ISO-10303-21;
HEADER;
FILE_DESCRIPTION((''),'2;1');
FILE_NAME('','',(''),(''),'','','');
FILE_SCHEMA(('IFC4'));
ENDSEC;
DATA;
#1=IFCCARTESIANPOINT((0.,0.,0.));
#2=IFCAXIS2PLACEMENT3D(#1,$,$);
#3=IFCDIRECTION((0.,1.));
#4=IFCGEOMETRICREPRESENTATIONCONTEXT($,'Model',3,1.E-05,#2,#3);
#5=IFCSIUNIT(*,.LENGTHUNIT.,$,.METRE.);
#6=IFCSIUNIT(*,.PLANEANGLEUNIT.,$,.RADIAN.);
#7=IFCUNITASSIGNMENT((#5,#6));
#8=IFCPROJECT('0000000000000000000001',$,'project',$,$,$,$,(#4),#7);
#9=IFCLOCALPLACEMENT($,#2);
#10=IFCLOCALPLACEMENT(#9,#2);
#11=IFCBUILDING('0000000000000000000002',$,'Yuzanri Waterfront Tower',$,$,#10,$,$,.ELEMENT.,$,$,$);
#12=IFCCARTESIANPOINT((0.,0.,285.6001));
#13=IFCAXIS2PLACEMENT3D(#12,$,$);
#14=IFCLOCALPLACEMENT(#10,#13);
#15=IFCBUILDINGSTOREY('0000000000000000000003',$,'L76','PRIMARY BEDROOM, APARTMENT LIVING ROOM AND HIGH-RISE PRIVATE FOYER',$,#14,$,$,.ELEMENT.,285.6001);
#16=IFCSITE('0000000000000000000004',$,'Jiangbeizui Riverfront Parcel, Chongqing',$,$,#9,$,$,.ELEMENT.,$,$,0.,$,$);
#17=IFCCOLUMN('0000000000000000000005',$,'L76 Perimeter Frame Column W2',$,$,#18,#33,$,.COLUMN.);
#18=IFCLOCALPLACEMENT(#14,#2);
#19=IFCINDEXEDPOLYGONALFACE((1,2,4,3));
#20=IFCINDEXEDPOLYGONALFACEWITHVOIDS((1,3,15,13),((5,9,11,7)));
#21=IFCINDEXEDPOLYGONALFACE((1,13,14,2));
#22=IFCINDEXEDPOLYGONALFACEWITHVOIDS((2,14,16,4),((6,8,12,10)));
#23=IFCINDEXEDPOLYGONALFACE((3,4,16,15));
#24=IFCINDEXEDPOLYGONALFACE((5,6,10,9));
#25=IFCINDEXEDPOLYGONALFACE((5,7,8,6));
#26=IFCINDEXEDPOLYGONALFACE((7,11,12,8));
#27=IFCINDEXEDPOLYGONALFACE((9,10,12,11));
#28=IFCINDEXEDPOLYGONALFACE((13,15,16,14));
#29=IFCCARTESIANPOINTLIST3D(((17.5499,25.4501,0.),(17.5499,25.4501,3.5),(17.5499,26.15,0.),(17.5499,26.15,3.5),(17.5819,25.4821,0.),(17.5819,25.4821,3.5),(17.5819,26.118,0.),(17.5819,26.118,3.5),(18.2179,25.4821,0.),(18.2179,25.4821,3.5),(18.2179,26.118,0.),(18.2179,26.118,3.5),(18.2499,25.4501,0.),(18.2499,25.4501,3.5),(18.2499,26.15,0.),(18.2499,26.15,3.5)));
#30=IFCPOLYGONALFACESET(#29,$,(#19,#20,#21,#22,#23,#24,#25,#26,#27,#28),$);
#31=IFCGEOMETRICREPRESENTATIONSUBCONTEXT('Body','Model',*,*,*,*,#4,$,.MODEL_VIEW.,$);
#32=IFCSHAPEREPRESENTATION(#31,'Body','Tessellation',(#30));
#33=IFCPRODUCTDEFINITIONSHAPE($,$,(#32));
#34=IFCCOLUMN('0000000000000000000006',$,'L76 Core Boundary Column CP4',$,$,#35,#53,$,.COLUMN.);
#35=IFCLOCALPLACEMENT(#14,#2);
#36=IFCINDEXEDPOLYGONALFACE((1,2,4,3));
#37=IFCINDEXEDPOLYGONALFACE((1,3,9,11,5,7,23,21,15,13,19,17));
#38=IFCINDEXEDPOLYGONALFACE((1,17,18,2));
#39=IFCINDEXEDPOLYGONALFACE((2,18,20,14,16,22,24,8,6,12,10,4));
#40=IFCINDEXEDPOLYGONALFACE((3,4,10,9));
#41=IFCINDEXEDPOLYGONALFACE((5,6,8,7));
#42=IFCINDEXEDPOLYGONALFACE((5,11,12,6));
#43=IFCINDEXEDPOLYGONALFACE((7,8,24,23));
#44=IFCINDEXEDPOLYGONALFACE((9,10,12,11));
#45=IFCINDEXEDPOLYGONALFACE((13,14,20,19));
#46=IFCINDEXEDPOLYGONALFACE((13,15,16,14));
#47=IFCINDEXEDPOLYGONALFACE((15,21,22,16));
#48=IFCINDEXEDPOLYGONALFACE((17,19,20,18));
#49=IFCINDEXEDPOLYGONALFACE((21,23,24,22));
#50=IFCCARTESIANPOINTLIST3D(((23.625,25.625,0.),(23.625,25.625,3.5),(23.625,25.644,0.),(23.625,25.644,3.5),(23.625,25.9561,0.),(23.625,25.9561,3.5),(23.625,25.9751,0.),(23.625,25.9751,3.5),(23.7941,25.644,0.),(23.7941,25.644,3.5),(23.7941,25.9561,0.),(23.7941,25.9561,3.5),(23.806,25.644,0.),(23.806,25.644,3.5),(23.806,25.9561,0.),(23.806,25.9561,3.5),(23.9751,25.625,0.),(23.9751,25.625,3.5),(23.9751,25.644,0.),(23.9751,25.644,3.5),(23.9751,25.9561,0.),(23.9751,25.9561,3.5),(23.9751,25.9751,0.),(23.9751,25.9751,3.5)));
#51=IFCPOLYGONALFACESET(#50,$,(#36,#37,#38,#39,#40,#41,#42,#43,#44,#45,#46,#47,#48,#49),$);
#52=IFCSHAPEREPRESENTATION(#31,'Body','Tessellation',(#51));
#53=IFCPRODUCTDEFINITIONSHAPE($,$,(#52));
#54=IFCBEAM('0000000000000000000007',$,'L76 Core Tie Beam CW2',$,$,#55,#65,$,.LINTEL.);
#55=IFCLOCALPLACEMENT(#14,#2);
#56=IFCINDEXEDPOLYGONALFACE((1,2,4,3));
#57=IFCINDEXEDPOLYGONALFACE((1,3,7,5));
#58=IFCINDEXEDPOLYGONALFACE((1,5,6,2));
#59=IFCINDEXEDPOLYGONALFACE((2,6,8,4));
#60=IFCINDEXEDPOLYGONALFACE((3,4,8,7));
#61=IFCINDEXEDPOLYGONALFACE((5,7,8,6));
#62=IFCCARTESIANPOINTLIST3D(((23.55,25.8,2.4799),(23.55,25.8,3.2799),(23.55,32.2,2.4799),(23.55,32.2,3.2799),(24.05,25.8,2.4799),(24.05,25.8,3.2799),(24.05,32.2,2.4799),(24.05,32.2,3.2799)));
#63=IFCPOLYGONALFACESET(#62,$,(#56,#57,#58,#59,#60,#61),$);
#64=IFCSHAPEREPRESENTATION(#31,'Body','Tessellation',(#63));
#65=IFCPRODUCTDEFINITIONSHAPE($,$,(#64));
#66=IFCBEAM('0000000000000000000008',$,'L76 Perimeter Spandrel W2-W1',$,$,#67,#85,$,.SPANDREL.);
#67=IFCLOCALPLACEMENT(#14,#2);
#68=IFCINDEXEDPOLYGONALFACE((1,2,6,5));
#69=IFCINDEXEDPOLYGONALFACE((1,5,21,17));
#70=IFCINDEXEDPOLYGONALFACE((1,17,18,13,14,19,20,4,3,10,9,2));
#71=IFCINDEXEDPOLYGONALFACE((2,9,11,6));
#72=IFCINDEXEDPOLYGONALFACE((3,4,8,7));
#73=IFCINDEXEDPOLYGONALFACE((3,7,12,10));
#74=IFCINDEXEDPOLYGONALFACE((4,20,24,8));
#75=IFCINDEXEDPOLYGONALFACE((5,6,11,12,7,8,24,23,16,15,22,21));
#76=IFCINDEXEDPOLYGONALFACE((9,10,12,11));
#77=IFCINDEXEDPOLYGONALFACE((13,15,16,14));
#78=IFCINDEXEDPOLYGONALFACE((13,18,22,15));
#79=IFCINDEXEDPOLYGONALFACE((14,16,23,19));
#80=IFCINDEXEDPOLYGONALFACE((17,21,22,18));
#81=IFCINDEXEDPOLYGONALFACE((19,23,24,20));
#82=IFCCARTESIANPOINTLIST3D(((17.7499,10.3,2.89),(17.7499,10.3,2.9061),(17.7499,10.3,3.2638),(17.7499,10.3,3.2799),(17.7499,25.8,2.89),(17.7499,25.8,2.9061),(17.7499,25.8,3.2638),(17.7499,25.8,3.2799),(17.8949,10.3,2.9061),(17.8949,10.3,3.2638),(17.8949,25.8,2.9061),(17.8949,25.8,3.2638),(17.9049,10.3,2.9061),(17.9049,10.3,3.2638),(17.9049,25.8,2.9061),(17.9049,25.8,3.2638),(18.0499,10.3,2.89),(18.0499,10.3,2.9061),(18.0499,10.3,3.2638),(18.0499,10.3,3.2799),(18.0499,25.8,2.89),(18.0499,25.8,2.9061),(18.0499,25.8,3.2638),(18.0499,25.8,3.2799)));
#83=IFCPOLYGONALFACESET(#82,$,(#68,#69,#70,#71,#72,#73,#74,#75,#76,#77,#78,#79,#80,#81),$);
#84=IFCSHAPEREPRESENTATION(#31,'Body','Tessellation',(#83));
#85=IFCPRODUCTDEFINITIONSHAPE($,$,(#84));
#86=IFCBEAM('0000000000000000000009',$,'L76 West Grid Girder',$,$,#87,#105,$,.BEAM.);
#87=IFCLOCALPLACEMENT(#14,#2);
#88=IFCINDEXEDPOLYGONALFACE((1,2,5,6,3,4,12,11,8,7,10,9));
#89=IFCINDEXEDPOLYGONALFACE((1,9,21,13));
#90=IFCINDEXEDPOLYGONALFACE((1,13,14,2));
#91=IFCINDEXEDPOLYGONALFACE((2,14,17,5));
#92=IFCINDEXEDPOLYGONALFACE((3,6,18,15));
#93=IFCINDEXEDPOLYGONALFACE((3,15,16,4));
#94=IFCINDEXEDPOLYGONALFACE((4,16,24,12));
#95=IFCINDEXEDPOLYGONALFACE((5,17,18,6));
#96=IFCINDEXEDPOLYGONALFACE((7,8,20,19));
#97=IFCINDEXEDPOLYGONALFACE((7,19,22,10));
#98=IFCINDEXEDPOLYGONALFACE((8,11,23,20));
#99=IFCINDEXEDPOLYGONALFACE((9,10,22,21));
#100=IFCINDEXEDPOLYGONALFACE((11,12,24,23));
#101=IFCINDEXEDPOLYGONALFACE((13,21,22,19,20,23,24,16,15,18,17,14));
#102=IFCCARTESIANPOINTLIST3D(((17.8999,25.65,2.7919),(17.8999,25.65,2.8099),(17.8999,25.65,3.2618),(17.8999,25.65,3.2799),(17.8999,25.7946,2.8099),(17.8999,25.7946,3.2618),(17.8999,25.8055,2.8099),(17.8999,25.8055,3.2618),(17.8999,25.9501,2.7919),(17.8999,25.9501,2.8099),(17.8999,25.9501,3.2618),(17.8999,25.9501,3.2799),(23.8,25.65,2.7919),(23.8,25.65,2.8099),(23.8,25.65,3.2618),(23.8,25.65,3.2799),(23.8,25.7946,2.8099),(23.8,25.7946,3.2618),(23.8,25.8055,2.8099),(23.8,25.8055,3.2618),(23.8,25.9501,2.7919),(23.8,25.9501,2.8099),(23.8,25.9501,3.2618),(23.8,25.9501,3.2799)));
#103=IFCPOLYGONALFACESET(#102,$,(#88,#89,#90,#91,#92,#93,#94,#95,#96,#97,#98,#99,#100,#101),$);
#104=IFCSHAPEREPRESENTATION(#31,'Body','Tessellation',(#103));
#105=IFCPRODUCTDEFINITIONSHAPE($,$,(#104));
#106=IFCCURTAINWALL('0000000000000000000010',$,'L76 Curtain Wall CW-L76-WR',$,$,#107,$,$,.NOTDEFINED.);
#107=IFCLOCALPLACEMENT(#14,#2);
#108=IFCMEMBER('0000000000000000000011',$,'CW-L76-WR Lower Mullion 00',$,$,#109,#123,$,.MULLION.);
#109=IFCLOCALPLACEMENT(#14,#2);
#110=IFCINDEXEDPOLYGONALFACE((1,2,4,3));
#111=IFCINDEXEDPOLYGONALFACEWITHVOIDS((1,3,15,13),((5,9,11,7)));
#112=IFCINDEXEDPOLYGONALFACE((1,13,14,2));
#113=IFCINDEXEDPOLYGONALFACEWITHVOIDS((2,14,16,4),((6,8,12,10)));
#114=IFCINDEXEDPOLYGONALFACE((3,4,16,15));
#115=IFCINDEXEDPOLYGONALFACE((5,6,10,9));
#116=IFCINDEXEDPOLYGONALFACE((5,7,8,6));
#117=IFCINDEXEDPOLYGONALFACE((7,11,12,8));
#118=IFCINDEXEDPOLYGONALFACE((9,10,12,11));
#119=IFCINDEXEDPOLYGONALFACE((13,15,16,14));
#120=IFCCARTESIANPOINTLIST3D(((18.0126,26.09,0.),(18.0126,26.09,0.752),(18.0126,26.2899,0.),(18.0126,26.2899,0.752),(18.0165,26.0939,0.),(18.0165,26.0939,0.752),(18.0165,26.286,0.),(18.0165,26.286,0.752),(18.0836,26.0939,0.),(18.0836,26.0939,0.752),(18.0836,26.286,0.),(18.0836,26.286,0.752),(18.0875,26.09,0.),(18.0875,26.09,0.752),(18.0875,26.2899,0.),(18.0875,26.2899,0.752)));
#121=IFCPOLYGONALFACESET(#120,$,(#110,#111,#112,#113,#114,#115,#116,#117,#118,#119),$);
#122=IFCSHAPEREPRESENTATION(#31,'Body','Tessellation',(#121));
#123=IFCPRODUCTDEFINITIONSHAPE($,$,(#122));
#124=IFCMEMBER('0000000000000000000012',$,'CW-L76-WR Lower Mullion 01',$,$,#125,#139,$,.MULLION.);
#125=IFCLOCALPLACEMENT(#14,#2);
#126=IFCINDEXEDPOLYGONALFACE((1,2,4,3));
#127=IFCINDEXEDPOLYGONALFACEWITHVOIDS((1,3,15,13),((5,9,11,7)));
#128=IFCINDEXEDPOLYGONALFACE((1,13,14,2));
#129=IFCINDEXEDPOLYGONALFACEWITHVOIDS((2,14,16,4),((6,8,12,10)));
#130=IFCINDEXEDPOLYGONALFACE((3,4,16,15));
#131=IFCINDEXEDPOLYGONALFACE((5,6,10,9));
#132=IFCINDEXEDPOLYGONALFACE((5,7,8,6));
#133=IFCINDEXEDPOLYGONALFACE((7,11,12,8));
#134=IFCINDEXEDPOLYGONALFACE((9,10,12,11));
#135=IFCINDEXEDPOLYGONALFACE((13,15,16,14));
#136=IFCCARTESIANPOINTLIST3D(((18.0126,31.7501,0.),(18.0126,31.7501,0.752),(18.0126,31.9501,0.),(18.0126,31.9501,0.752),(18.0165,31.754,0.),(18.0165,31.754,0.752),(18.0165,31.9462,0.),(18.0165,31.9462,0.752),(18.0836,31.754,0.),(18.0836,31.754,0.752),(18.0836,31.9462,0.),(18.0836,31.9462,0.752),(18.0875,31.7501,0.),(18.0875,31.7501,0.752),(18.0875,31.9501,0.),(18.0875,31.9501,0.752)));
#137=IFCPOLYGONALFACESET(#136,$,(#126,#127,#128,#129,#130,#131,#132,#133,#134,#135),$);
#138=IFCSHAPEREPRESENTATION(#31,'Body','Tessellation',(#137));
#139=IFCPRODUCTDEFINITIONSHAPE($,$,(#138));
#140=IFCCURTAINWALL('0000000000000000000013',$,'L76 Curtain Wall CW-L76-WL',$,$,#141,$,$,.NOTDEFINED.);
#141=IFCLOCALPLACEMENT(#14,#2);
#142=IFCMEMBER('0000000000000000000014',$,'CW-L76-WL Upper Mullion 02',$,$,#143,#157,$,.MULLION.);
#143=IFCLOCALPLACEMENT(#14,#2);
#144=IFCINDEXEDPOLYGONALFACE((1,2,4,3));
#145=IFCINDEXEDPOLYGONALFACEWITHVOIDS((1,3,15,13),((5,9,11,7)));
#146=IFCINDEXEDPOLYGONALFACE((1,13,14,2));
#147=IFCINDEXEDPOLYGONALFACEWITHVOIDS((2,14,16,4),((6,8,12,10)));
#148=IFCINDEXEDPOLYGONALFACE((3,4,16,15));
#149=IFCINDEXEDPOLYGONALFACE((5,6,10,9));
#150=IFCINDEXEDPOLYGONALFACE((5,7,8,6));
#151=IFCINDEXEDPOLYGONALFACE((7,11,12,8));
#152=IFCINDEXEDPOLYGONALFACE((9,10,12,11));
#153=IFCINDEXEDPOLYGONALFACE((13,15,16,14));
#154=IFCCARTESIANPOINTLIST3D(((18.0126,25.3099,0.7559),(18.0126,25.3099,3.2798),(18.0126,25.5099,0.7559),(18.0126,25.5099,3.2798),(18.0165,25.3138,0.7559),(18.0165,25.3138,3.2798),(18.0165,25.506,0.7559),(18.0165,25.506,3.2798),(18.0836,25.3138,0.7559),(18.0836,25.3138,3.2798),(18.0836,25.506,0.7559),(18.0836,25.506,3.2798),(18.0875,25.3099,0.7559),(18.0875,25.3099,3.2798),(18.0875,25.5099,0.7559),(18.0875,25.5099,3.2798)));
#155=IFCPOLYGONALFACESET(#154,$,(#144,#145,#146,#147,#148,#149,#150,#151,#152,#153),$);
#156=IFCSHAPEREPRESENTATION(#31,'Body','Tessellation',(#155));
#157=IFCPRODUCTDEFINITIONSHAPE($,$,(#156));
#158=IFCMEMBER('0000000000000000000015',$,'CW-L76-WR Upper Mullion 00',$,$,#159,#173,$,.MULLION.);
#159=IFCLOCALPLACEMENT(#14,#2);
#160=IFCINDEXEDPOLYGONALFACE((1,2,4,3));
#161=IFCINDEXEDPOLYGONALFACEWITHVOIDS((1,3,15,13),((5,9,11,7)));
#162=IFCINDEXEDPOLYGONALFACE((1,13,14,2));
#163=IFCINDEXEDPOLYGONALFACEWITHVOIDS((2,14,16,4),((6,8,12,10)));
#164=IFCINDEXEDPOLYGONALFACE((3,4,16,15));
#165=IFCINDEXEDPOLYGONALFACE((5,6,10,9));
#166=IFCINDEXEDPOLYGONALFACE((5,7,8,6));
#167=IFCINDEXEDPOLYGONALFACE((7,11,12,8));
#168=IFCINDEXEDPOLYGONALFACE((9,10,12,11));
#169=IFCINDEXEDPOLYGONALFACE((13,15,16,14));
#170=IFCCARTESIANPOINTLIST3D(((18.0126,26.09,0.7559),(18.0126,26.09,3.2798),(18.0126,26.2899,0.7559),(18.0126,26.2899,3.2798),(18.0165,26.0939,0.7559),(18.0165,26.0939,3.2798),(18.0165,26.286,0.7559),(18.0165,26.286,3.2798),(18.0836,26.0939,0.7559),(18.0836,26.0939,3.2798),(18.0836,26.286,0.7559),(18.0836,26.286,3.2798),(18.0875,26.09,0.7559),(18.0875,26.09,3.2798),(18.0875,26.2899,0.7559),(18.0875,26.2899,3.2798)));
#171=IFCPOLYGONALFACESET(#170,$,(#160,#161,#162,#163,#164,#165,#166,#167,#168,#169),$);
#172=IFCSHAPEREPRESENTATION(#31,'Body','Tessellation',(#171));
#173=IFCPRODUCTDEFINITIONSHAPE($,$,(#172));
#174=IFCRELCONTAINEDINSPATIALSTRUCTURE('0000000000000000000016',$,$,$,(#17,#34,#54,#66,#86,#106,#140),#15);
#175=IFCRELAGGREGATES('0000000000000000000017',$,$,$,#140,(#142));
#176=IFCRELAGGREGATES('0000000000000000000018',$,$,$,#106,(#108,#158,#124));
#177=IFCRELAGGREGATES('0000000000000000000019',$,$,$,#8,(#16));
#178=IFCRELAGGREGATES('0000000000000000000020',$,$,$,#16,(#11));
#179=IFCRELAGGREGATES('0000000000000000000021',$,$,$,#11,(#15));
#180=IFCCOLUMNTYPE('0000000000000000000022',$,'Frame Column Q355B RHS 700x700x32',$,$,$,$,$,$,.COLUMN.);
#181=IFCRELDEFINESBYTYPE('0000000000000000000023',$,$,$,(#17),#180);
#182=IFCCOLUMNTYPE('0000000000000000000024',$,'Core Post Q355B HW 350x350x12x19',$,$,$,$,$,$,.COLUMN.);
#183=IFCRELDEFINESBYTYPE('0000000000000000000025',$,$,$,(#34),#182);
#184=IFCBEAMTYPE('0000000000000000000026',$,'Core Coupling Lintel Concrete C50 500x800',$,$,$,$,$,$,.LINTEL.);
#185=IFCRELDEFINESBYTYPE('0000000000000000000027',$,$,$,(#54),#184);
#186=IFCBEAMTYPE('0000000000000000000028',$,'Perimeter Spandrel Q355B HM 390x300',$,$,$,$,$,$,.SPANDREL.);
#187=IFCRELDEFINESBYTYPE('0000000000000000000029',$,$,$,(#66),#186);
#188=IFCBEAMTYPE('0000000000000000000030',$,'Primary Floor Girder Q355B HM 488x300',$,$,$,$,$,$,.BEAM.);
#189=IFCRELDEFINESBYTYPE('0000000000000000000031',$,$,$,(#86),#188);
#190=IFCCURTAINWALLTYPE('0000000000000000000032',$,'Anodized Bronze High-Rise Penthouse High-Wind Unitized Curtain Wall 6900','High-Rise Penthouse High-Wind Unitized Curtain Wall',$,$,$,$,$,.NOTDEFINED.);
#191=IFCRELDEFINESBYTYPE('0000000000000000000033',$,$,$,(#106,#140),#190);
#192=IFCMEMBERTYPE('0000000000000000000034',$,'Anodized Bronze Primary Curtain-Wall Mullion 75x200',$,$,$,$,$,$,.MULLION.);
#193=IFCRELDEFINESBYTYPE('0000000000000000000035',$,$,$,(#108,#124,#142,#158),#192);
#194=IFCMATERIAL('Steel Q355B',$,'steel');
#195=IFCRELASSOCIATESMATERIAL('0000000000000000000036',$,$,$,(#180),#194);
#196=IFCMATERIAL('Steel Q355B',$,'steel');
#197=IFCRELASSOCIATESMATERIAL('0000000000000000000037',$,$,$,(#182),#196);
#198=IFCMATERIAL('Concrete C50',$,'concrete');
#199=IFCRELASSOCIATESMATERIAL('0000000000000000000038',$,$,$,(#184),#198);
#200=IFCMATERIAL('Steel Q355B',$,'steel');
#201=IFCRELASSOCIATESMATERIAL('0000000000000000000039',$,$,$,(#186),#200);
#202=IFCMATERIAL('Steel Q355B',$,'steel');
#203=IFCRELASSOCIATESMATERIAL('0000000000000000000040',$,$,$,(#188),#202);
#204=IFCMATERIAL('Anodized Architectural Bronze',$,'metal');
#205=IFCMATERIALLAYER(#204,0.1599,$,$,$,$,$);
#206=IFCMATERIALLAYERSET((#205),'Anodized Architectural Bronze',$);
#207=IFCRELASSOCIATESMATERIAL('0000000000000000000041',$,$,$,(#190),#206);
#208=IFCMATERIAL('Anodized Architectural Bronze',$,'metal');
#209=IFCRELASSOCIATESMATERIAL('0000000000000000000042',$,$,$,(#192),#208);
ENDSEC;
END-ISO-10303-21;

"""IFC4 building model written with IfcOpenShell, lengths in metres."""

from ifc_helpers import new_model, si_unit, direction, frame, origin, origin_2d, place, context, subcontext, project, spatial, rectangle, hollow_rectangle, i_section, extrude, source, transform, mapped, material, layer, layer_set, material_profile, profile_set, type_object, element, aggregate, save


model = new_model("IFC4")

# Units and contexts
model_context = context("Model", 3, precision=1e-05, world=origin(), true_north=direction((0.0, 1.0)))
body_context = subcontext(model_context, "Body", "Model", "MODEL_VIEW")
ifc_project = project(units=[si_unit("LENGTHUNIT", "METRE"), si_unit("PLANEANGLEUNIT", "RADIAN")], contexts=[model_context])

# Site, building, storey
site_placement = place(None, origin())
site = spatial("IfcSite", under=ifc_project, at=site_placement, Name="Jiangbeizui Riverfront Parcel, Chongqing", CompositionType="ELEMENT", RefElevation=0.0)
building_placement = place(site_placement, origin())
building = spatial("IfcBuilding", under=site, at=building_placement, Name="Yuzanri Waterfront Tower", CompositionType="ELEMENT")
storey_placement = place(building_placement, frame((0.0, 0.0, 285.6001)))
storey = spatial("IfcBuildingStorey", under=building, at=storey_placement, Name="L76", Description="PRIMARY BEDROOM, APARTMENT LIVING ROOM AND HIGH-RISE PRIVATE FOYER", CompositionType="ELEMENT", Elevation=285.6001)

# Columns
ifc_material_1 = material(Name="Steel Q355B", Category="steel")
ifc_material_profile_1 = material_profile(ifc_material_1, hollow_rectangle(XDim=0.7, YDim=0.7, WallThickness=0.032, at=origin_2d()), Name="RHS 700x700x32")
ifc_profile_set_1 = profile_set([ifc_material_profile_1], Name="Steel Q355B")
column_type_1 = type_object("IfcColumnType", Name="Frame Column Q355B RHS 700x700x32", PredefinedType="COLUMN", material=ifc_profile_set_1)
shared_shape_1 = source(origin(), body_context, "Body", "SweptSolid", [
    extrude(hollow_rectangle(XDim=0.7, YDim=0.7, WallThickness=0.032, at=origin_2d()), origin(), (0.0, 0.0, 1.0), 3.5),
])
column_1_placement = place(storey_placement, frame((17.8999, 25.8, 0.0), z_axis=(0.0, 0.0, 1.0), x_axis=(1.0, 0.0, 0.0)))
element("IfcColumn", 1, at=column_1_placement, inside=storey, type_object=column_type_1, Name="L76 Perimeter Frame Column W2", PredefinedType="COLUMN", context=body_context, shape_type="MappedRepresentation", body=[
    mapped(shared_shape_1, transform((0.0, 0.0, 0.0), scale=1.0)),
])
ifc_material_2 = material(Name="Steel Q355B", Category="steel")
ifc_material_profile_2 = material_profile(ifc_material_2, i_section(OverallWidth=0.3501, OverallDepth=0.3501, WebThickness=0.012, FlangeThickness=0.019, at=origin_2d()), Name="HW 350x350x12x19")
ifc_profile_set_2 = profile_set([ifc_material_profile_2], Name="Steel Q355B")
column_type_2 = type_object("IfcColumnType", Name="Core Post Q355B HW 350x350x12x19", PredefinedType="COLUMN", material=ifc_profile_set_2)
shared_shape_2 = source(origin(), body_context, "Body", "SweptSolid", [
    extrude(i_section(OverallWidth=0.3501, OverallDepth=0.3501, WebThickness=0.012, FlangeThickness=0.019, at=origin_2d()), origin(), (0.0, 0.0, 1.0), 3.5),
])
column_2_placement = place(storey_placement, frame((23.8, 25.8, 0.0), z_axis=(0.0, 0.0, 1.0), x_axis=(1.0, 0.0, 0.0)))
element("IfcColumn", 2, at=column_2_placement, inside=storey, type_object=column_type_2, Name="L76 Core Boundary Column CP4", PredefinedType="COLUMN", context=body_context, shape_type="MappedRepresentation", body=[
    mapped(shared_shape_2, transform((0.0, 0.0, 0.0), scale=1.0)),
])

# Beams
ifc_material_3 = material(Name="Concrete C50", Category="concrete")
ifc_material_profile_3 = material_profile(ifc_material_3, rectangle(XDim=0.5, YDim=0.8, at=origin_2d()), Name="RC 500x800")
ifc_profile_set_3 = profile_set([ifc_material_profile_3], Name="Concrete C50")
beam_type_1 = type_object("IfcBeamType", Name="Core Coupling Lintel Concrete C50 500x800", PredefinedType="LINTEL", material=ifc_profile_set_3)
shared_shape_3 = source(origin(), body_context, "Body", "SweptSolid", [
    extrude(rectangle(XDim=0.5, YDim=0.8, at=origin_2d()), origin(), (0.0, 0.0, 1.0), 6.3999),
])
beam_1_placement = place(storey_placement, frame((23.8, 25.8, 2.8799), z_axis=(0.0, 1.0, 0.0), x_axis=(-1.0, 0.0, 0.0)))
element("IfcBeam", 3, at=beam_1_placement, inside=storey, type_object=beam_type_1, Name="L76 Core Tie Beam CW2", PredefinedType="LINTEL", context=body_context, shape_type="MappedRepresentation", body=[
    mapped(shared_shape_3, transform((0.0, 0.0, 0.0), scale=1.0)),
])
ifc_material_4 = material(Name="Steel Q355B", Category="steel")
ifc_material_profile_4 = material_profile(ifc_material_4, i_section(OverallWidth=0.3, OverallDepth=0.3899, WebThickness=0.01, FlangeThickness=0.0161, at=origin_2d()), Name="HM 390x300x10x16")
ifc_profile_set_4 = profile_set([ifc_material_profile_4], Name="Steel Q355B")
beam_type_2 = type_object("IfcBeamType", Name="Perimeter Spandrel Q355B HM 390x300", PredefinedType="SPANDREL", material=ifc_profile_set_4)
shared_shape_4 = source(origin(), body_context, "Body", "SweptSolid", [
    extrude(i_section(OverallWidth=0.3, OverallDepth=0.3899, WebThickness=0.01, FlangeThickness=0.0161, at=origin_2d()), origin(), (0.0, 0.0, 1.0), 15.5),
])
beam_2_placement = place(storey_placement, frame((17.8999, 25.8, 3.085), z_axis=(0.0, -1.0, 0.0), x_axis=(1.0, 0.0, 0.0)))
element("IfcBeam", 4, at=beam_2_placement, inside=storey, type_object=beam_type_2, Name="L76 Perimeter Spandrel W2-W1", PredefinedType="SPANDREL", context=body_context, shape_type="MappedRepresentation", body=[
    mapped(shared_shape_4, transform((0.0, 0.0, 0.0), scale=1.0)),
])
ifc_material_5 = material(Name="Steel Q355B", Category="steel")
ifc_material_profile_5 = material_profile(ifc_material_5, i_section(OverallWidth=0.3, OverallDepth=0.488, WebThickness=0.011, FlangeThickness=0.0181, at=origin_2d()), Name="HM 488x300x11x18")
ifc_profile_set_5 = profile_set([ifc_material_profile_5], Name="Steel Q355B")
beam_type_3 = type_object("IfcBeamType", Name="Primary Floor Girder Q355B HM 488x300", PredefinedType="BEAM", material=ifc_profile_set_5)
shared_shape_5 = source(origin(), body_context, "Body", "SweptSolid", [
    extrude(i_section(OverallWidth=0.3, OverallDepth=0.488, WebThickness=0.011, FlangeThickness=0.0181, at=origin_2d()), origin(), (0.0, 0.0, 1.0), 5.9001),
])
beam_3_placement = place(storey_placement, frame((23.8, 25.8, 3.0359), z_axis=(-1.0, 0.0, 0.0), x_axis=(0.0, -1.0, 0.0)))
element("IfcBeam", 5, at=beam_3_placement, inside=storey, type_object=beam_type_3, Name="L76 West Grid Girder", PredefinedType="BEAM", context=body_context, shape_type="MappedRepresentation", body=[
    mapped(shared_shape_5, transform((0.0, 0.0, 0.0), scale=1.0)),
])

# Curtain wall, members
ifc_material_6 = material(Name="Anodized Architectural Bronze", Category="metal")
ifc_layer_1 = layer(ifc_material_6, 0.1599)
ifc_layer_set_1 = layer_set([ifc_layer_1], Name="Anodized Architectural Bronze")
curtain_wall_type = type_object("IfcCurtainWallType", Name="Anodized Bronze High-Rise Penthouse High-Wind Unitized Curtain Wall 6900", Description="High-Rise Penthouse High-Wind Unitized Curtain Wall", PredefinedType="NOTDEFINED", material=ifc_layer_set_1)
curtain_wall_1_placement = place(storey_placement, origin())
curtain_wall_1 = element("IfcCurtainWall", 6, at=curtain_wall_1_placement, inside=storey, type_object=curtain_wall_type, Name="L76 Curtain Wall CW-L76-WR", PredefinedType="NOTDEFINED")
ifc_material_7 = material(Name="Anodized Architectural Bronze", Category="metal")
ifc_material_profile_6 = material_profile(ifc_material_7, hollow_rectangle(XDim=0.075, YDim=0.2, WallThickness=0.0039, at=origin_2d()), Name="CWM 75x200")
ifc_profile_set_6 = profile_set([ifc_material_profile_6], Name="Anodized Architectural Bronze")
member_type_1 = type_object("IfcMemberType", Name="Anodized Bronze Primary Curtain-Wall Mullion 75x200", PredefinedType="MULLION", material=ifc_profile_set_6)
shared_shape_6 = source(origin(), body_context, "Body", "SweptSolid", [
    extrude(hollow_rectangle(XDim=0.075, YDim=0.2, WallThickness=0.0039, at=origin_2d()), origin(), (0.0, 0.0, 1.0), 0.752),
])
member_1_placement = place(storey_placement, frame((18.05, 26.1899, 0.0), z_axis=(0.0, 0.0, 1.0), x_axis=(1.0, 0.0, 0.0)))
member_1 = element("IfcMember", 7, at=member_1_placement, type_object=member_type_1, Name="CW-L76-WR Lower Mullion 00", PredefinedType="MULLION", context=body_context, shape_type="MappedRepresentation", body=[
    mapped(shared_shape_6, transform((0.0, 0.0, 0.0), scale=1.0)),
])
member_2_placement = place(storey_placement, frame((18.05, 31.8501, 0.0), z_axis=(0.0, 0.0, 1.0), x_axis=(1.0, 0.0, 0.0)))
member_2 = element("IfcMember", 8, at=member_2_placement, type_object=member_type_1, Name="CW-L76-WR Lower Mullion 01", PredefinedType="MULLION", context=body_context, shape_type="MappedRepresentation", body=[
    mapped(shared_shape_6, transform((0.0, 0.0, 0.0), scale=1.0)),
])

# Curtain wall, member
curtain_wall_2_placement = place(storey_placement, origin())
curtain_wall_2 = element("IfcCurtainWall", 9, at=curtain_wall_2_placement, inside=storey, type_object=curtain_wall_type, Name="L76 Curtain Wall CW-L76-WL", PredefinedType="NOTDEFINED")
shared_shape_7 = source(origin(), body_context, "Body", "SweptSolid", [
    extrude(hollow_rectangle(XDim=0.075, YDim=0.2, WallThickness=0.0039, at=origin_2d()), origin(), (0.0, 0.0, 1.0), 2.5239),
])
member_3_placement = place(storey_placement, frame((18.05, 25.4099, 0.7559), z_axis=(0.0, 0.0, 1.0), x_axis=(1.0, 0.0, 0.0)))
member_3 = element("IfcMember", 10, at=member_3_placement, type_object=member_type_1, Name="CW-L76-WL Upper Mullion 02", PredefinedType="MULLION", context=body_context, shape_type="MappedRepresentation", body=[
    mapped(shared_shape_7, transform((0.0, 0.0, 0.0), scale=1.0)),
])
aggregate(curtain_wall_2, [member_3])

# Member
member_4_placement = place(storey_placement, frame((18.05, 26.1899, 0.7559), z_axis=(0.0, 0.0, 1.0), x_axis=(1.0, 0.0, 0.0)))
member_4 = element("IfcMember", 11, at=member_4_placement, type_object=member_type_1, Name="CW-L76-WR Upper Mullion 00", PredefinedType="MULLION", context=body_context, shape_type="MappedRepresentation", body=[
    mapped(shared_shape_7, transform((0.0, 0.0, 0.0), scale=1.0)),
])

aggregate(curtain_wall_1, [member_1, member_4, member_2])

save(model, "model.ifc")
